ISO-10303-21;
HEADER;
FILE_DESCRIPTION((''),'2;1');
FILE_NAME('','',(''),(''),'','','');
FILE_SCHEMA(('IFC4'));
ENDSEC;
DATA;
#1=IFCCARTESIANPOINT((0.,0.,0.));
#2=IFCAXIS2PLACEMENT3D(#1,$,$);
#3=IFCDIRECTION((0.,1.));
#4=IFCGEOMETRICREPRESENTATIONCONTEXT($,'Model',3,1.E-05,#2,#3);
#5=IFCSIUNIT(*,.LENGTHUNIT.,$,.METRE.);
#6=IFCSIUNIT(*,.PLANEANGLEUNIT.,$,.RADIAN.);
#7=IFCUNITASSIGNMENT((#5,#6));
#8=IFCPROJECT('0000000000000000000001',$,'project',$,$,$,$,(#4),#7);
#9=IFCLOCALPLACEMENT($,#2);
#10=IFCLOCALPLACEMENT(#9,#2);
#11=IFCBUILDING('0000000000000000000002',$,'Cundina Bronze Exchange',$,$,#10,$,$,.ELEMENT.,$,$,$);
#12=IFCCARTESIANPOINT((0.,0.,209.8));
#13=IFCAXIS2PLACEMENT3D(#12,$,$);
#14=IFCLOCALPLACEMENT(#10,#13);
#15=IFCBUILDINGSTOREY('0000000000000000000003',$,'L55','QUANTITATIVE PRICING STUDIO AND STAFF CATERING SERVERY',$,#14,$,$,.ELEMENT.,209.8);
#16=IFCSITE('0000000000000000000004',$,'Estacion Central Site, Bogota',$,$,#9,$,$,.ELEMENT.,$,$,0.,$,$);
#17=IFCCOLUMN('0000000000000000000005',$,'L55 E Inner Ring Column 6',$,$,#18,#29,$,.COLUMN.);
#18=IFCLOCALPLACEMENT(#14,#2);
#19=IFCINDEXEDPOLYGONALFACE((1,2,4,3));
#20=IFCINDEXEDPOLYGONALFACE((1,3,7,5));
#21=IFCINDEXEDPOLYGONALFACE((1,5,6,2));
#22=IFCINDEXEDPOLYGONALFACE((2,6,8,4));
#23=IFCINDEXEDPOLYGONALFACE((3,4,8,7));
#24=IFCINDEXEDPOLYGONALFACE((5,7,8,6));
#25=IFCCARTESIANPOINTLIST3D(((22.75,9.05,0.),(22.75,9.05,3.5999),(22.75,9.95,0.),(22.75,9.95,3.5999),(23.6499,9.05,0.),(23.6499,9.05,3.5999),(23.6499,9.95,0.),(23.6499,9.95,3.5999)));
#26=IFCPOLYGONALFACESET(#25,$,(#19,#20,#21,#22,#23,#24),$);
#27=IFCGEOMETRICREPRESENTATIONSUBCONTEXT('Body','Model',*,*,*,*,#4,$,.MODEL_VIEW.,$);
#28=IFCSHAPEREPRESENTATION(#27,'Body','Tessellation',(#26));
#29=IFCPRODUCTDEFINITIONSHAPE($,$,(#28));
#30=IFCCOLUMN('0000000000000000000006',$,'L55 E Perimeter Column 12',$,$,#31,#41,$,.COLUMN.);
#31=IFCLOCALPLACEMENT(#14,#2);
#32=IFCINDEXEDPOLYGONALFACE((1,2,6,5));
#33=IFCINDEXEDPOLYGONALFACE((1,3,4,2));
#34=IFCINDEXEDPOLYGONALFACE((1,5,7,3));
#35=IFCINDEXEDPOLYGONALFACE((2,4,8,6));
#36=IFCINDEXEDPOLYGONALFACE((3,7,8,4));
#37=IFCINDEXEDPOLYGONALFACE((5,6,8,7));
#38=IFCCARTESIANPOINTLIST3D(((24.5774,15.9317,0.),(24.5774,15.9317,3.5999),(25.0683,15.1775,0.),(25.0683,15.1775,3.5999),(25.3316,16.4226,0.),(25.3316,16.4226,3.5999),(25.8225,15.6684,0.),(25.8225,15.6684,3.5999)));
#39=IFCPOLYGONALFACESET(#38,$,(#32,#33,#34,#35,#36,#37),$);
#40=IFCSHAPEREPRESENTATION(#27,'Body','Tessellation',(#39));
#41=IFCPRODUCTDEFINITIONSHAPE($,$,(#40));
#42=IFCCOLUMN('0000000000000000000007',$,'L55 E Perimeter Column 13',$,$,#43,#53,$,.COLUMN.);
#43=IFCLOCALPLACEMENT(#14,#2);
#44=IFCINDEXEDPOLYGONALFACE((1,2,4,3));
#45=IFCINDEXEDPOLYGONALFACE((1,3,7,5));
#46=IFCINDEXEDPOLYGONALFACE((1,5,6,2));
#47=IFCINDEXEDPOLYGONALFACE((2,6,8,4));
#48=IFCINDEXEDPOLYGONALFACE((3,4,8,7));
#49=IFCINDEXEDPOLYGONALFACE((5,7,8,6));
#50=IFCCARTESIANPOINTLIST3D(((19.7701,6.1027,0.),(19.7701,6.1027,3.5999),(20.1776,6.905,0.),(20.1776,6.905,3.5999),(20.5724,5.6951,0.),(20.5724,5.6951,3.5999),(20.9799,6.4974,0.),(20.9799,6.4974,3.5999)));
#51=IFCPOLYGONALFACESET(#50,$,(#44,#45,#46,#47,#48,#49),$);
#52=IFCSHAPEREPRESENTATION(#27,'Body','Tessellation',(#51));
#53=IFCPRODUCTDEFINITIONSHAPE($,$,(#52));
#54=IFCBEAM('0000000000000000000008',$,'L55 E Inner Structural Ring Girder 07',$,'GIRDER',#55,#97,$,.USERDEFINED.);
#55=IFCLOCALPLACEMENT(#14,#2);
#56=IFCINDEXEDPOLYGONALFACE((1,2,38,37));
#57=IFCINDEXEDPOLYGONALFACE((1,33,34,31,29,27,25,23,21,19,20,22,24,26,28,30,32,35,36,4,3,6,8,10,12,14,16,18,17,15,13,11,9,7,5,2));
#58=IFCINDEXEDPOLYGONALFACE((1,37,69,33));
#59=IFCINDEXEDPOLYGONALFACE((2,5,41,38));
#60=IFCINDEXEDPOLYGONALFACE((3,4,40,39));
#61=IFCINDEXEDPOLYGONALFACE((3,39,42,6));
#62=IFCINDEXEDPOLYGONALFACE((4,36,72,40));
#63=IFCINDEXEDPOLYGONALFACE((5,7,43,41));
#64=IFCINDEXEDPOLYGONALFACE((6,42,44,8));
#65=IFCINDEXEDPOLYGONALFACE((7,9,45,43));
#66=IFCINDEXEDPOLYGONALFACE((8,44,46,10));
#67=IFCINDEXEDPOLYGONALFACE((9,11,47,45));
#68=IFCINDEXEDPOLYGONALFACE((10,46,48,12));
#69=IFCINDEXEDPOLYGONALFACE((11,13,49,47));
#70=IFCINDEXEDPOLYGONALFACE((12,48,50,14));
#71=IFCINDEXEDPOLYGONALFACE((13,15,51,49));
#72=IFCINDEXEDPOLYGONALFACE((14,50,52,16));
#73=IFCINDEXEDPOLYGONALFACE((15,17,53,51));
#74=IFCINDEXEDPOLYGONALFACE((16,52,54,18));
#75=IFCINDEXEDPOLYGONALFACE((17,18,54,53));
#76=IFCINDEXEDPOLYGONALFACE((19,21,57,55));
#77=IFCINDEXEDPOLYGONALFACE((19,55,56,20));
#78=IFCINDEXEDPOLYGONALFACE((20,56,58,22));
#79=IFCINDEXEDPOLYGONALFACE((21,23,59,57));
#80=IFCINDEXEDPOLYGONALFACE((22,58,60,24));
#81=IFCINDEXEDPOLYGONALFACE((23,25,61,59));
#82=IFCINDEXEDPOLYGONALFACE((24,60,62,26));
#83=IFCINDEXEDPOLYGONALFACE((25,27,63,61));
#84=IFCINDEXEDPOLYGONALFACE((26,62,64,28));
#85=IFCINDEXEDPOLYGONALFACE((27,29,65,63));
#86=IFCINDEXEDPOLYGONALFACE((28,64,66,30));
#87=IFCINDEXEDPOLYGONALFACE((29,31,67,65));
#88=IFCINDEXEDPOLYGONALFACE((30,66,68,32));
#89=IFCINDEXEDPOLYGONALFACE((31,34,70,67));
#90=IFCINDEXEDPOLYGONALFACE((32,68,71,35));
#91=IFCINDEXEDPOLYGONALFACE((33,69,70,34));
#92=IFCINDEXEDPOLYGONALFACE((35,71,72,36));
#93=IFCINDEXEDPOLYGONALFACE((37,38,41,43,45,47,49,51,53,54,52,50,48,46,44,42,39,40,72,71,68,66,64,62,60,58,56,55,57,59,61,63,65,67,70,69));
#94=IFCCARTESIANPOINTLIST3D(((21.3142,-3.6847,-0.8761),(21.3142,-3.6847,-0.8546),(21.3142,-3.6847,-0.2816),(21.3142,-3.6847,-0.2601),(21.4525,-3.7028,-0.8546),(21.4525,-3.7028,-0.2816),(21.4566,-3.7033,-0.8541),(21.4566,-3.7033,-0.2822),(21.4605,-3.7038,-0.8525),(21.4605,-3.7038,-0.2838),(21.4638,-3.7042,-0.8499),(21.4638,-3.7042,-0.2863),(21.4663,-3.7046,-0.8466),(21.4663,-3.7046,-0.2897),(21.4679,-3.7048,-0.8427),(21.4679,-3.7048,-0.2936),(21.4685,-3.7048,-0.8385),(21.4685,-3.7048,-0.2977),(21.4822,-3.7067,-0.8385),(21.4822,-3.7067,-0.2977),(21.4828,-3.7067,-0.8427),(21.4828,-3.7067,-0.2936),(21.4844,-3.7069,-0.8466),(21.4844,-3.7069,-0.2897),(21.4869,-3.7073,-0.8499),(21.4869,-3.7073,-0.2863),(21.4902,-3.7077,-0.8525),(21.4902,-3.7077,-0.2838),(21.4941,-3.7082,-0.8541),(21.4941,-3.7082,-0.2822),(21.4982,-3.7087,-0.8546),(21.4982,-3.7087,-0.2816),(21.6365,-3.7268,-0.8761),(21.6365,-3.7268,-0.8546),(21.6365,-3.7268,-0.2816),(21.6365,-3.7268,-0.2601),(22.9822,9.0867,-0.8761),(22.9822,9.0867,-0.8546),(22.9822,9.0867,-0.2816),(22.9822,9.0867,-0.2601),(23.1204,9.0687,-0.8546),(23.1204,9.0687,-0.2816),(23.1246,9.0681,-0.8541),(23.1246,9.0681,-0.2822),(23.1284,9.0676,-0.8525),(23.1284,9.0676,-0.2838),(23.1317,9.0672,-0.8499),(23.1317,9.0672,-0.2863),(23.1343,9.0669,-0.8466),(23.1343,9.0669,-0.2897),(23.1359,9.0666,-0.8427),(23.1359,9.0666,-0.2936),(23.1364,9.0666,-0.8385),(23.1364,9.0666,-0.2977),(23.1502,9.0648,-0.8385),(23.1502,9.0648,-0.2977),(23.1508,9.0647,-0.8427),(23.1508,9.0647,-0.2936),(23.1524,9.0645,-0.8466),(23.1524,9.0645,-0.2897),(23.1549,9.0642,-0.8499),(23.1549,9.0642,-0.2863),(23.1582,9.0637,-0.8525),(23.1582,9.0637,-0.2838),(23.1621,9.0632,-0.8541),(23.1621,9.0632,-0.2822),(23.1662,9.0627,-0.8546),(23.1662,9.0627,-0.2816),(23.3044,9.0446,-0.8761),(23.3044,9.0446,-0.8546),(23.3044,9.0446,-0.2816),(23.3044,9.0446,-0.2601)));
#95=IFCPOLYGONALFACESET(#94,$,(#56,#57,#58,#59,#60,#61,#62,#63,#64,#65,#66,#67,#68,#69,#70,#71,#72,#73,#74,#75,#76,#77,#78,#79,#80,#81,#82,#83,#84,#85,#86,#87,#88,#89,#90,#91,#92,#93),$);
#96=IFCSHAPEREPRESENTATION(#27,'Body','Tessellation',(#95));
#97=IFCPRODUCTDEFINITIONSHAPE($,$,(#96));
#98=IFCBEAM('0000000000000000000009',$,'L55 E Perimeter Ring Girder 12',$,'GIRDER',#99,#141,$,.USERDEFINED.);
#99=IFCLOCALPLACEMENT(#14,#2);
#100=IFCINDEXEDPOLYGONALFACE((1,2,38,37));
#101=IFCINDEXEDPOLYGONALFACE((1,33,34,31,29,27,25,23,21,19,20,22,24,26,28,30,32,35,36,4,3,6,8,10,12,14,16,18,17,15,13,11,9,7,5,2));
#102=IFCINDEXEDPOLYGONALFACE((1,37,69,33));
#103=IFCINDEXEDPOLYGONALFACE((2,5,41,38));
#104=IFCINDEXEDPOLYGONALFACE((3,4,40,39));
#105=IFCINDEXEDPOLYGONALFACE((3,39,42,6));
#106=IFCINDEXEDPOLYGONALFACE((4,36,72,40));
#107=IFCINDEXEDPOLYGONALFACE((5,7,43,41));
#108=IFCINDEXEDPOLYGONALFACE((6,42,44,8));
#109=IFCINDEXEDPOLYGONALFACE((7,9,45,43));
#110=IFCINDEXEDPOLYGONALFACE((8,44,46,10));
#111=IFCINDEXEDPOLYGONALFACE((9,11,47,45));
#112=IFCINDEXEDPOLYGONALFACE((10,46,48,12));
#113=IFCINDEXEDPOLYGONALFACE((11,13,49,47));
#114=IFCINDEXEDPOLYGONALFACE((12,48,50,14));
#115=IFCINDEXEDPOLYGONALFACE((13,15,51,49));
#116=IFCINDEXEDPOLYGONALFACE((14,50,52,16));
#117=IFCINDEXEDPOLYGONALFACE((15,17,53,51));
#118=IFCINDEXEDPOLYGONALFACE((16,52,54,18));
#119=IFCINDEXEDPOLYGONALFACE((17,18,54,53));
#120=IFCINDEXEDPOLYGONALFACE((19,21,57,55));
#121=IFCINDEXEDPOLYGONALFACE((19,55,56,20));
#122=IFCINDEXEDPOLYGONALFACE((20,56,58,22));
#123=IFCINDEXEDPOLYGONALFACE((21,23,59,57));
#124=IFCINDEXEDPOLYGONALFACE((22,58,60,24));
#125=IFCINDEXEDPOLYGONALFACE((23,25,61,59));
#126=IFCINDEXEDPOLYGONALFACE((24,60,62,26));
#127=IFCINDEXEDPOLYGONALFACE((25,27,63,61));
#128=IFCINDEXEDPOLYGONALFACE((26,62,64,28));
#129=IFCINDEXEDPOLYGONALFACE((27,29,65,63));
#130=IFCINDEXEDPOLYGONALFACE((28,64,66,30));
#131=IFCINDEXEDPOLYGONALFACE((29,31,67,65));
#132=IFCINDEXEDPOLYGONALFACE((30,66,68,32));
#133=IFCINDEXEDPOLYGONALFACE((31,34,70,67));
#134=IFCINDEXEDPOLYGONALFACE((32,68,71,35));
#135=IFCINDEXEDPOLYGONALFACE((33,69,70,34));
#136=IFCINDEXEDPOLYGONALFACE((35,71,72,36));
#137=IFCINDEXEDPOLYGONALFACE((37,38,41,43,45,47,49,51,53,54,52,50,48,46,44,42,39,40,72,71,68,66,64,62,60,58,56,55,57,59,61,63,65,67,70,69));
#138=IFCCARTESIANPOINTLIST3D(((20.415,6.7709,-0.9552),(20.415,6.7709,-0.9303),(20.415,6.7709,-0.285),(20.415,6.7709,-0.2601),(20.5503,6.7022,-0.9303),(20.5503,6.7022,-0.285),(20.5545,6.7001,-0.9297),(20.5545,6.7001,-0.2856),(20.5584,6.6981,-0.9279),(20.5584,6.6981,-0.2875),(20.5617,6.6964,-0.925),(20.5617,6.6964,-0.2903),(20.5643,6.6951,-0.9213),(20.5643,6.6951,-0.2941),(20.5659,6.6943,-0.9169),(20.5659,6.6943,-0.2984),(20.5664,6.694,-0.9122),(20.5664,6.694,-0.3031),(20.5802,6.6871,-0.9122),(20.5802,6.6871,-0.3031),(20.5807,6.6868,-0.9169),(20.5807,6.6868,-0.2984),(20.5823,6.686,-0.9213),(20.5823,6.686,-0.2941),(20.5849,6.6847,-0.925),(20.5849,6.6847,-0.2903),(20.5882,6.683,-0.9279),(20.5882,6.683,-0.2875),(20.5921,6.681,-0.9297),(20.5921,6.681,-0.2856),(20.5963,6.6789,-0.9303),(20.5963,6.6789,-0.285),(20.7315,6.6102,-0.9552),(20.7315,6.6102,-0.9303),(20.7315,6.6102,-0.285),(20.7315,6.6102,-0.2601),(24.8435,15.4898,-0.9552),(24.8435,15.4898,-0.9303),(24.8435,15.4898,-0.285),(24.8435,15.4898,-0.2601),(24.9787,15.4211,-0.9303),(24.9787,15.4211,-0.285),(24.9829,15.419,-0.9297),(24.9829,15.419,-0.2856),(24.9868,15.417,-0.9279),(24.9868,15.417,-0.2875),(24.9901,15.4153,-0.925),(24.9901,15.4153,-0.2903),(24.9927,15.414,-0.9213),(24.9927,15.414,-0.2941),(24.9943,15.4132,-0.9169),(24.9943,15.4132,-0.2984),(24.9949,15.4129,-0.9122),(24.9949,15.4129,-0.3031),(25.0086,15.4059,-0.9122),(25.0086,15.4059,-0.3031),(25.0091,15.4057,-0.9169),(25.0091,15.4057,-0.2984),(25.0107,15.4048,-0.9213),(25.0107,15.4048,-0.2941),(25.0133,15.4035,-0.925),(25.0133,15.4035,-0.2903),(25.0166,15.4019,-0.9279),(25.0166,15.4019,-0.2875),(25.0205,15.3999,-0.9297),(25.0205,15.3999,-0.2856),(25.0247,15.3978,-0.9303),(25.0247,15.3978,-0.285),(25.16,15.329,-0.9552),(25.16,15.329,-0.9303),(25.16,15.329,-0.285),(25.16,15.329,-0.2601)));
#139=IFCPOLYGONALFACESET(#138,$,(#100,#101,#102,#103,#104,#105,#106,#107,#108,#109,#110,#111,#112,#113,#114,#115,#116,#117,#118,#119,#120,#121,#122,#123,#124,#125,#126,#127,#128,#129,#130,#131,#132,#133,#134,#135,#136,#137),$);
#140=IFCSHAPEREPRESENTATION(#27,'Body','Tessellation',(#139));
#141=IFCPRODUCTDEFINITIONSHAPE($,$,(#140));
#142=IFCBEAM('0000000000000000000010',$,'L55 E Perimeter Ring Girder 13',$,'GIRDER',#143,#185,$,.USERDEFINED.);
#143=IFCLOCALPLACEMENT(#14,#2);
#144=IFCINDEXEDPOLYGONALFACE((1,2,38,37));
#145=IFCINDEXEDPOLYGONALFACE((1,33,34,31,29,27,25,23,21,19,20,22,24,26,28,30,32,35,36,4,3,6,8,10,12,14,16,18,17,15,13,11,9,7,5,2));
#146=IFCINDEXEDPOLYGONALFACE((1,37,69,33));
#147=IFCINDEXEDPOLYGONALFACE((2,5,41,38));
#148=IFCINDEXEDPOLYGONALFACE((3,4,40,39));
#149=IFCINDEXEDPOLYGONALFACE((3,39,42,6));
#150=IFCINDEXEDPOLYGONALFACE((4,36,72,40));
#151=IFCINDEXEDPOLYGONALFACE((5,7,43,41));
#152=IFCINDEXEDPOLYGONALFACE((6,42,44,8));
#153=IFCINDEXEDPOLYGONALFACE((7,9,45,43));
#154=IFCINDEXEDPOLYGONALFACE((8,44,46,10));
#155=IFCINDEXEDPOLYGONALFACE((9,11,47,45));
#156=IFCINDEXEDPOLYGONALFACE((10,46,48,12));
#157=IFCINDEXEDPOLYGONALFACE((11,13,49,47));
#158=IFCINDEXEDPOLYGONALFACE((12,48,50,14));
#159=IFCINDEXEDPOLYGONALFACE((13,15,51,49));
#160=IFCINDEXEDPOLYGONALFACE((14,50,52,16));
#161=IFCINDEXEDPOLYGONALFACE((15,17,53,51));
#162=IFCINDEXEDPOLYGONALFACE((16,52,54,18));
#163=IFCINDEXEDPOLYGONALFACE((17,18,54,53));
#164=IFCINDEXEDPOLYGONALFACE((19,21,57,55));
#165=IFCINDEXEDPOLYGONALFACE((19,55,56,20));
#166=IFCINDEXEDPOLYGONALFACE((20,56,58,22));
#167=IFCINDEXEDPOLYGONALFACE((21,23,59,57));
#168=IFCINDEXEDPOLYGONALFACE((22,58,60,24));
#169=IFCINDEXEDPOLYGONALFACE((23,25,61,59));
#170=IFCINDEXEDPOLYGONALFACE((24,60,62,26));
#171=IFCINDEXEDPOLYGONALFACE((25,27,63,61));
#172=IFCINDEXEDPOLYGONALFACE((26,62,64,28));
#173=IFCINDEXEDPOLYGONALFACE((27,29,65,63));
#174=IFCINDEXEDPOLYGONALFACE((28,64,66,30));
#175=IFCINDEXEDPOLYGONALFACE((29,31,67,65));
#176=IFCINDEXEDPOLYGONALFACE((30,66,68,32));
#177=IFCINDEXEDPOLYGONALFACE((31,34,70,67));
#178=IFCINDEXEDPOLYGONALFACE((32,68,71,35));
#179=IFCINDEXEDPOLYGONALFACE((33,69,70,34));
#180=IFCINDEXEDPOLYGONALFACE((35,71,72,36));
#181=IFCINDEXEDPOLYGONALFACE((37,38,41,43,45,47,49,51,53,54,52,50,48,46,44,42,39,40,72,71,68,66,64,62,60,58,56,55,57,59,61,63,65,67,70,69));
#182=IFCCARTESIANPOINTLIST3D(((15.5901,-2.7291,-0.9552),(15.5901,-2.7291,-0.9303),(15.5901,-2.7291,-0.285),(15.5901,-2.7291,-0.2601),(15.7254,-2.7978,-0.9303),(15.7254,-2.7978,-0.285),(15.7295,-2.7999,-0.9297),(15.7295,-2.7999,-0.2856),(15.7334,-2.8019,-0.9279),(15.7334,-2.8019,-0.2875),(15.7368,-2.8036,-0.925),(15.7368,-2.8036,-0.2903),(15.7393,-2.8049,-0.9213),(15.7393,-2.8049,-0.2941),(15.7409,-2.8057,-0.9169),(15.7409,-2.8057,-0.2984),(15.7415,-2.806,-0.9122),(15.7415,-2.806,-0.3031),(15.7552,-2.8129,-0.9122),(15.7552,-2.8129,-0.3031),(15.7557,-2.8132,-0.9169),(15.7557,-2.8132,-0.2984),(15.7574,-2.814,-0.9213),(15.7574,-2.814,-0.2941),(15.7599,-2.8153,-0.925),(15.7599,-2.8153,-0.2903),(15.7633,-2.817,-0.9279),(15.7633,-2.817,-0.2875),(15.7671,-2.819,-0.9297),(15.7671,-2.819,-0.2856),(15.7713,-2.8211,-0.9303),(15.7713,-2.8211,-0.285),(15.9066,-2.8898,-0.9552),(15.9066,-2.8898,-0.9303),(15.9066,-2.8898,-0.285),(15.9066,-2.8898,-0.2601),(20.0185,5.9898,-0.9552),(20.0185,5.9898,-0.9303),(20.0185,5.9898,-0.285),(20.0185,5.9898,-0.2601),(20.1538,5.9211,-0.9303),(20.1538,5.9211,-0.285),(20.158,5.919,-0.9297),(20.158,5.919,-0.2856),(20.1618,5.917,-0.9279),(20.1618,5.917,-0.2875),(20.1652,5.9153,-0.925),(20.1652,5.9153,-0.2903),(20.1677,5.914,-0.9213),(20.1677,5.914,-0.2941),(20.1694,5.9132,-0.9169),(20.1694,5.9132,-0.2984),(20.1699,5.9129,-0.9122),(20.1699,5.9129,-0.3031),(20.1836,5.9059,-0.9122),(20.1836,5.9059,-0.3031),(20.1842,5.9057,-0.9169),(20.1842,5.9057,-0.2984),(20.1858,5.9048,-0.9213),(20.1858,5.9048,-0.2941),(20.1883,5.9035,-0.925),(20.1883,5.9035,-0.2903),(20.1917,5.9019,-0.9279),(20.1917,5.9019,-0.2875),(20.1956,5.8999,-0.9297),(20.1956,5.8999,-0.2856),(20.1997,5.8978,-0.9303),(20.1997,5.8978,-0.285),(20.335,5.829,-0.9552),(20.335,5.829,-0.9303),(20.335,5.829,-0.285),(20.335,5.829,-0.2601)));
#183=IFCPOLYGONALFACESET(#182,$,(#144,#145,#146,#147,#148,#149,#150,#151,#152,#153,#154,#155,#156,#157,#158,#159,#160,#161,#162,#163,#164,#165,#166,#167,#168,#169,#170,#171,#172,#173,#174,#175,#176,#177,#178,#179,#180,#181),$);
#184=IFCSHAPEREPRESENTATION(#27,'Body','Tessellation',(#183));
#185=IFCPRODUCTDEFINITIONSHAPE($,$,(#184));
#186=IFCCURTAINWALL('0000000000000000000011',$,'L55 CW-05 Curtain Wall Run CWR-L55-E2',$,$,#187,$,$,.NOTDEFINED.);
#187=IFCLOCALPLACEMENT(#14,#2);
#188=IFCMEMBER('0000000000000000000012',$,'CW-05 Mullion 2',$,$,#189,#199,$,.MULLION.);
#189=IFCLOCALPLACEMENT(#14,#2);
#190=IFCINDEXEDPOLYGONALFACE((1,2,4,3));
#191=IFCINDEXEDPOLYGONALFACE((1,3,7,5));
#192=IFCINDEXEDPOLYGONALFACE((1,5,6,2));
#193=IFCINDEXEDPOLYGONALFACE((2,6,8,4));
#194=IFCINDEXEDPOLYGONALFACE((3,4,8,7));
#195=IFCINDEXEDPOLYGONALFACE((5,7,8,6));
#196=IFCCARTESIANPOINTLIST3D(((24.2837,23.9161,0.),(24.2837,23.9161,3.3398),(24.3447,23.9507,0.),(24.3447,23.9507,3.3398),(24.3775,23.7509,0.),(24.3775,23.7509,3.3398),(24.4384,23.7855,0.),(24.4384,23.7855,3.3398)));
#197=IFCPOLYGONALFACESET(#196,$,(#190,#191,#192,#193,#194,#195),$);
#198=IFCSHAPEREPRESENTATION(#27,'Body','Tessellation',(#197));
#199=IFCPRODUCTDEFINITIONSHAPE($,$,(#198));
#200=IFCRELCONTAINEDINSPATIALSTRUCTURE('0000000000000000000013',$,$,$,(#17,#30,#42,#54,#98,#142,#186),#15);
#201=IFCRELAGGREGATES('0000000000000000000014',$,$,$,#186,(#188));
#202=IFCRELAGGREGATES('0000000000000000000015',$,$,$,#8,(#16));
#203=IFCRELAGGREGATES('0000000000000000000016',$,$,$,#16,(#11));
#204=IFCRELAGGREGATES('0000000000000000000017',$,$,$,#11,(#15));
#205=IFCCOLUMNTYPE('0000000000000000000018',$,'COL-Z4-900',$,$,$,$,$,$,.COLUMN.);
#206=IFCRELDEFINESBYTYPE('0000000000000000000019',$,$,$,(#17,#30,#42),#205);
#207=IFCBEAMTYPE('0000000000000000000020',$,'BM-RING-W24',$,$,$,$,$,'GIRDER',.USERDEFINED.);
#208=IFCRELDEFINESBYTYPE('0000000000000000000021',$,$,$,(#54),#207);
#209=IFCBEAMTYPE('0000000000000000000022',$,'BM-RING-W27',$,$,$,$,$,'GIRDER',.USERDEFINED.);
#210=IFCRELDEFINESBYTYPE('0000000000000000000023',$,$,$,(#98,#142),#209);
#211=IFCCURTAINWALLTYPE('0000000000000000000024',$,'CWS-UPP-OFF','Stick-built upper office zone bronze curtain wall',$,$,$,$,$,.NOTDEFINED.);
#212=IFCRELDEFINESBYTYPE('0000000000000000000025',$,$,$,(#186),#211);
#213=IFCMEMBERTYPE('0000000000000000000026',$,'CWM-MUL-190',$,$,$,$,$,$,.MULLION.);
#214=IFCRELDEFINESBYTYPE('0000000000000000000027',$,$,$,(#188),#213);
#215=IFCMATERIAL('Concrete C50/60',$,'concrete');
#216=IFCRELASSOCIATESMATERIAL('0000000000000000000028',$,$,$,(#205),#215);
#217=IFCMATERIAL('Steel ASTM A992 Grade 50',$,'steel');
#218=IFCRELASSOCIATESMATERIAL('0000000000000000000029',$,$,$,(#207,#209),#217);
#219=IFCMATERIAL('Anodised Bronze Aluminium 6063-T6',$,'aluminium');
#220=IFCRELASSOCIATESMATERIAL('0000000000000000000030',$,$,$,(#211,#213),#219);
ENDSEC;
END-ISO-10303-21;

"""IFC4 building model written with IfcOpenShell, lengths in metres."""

from ifc_helpers import new_model, si_unit, direction, frame, origin, origin_2d, place, context, subcontext, project, spatial, rectangle, i_section, extrude, material, material_profile, profile_set, type_object, element, aggregate, save


model = new_model("IFC4")

# Units and contexts
model_context = context("Model", 3, precision=1e-05, world=origin(), true_north=direction((0.0, 1.0)))
body_context = subcontext(model_context, "Body", "Model", "MODEL_VIEW")
ifc_project = project(units=[si_unit("LENGTHUNIT", "METRE"), si_unit("PLANEANGLEUNIT", "RADIAN")], contexts=[model_context])

# Site, building, storey
site_placement = place(None, origin())
site = spatial("IfcSite", under=ifc_project, at=site_placement, Name="Estacion Central Site, Bogota", CompositionType="ELEMENT", RefElevation=0.0)
building_placement = place(site_placement, origin())
building = spatial("IfcBuilding", under=site, at=building_placement, Name="Cundina Bronze Exchange", CompositionType="ELEMENT")
storey_placement = place(building_placement, frame((0.0, 0.0, 209.8)))
storey = spatial("IfcBuildingStorey", under=building, at=storey_placement, Name="L55", Description="QUANTITATIVE PRICING STUDIO AND STAFF CATERING SERVERY", CompositionType="ELEMENT", Elevation=209.8)

# Columns
ifc_material_1 = material(Name="Concrete C50/60", Category="concrete")
ifc_material_profile_1 = material_profile(ifc_material_1, rectangle(XDim=0.8999, YDim=0.8999, at=origin_2d()), Name="RC900X900", Category="concrete")
ifc_profile_set_1 = profile_set([ifc_material_profile_1], Name="Concrete C50/60")
column_type = type_object("IfcColumnType", Name="COL-Z4-900", PredefinedType="COLUMN", material=ifc_profile_set_1)
for number, where, z_axis, x_axis, name in (
    (1, (23.2, 9.5, 0.0), (0.0, 0.0, 1.0), (1.0, 0.0, 0.0), "L55 E Inner Ring Column 6"),
    (2, (25.2, 15.8, 0.0), (0.0, 0.0, 1.0), (-0.8381, -0.545517, 0.0), "L55 E Perimeter Column 12"),
    (3, (20.375, 6.3, 0.0), (0.0, 0.0, 1.0), (-0.452902, -0.891561, 0.0), "L55 E Perimeter Column 13"),
):
    element("IfcColumn", number, at=place(storey_placement, frame(where, z_axis=z_axis, x_axis=x_axis)), inside=storey, type_object=column_type, Name=name, PredefinedType="COLUMN", context=body_context, shape_type="SweptSolid", body=[
        extrude(rectangle(XDim=0.8999, YDim=0.8999, at=origin_2d()), origin(), (0.0, 0.0, 1.0), 3.5999),
    ])

# Beams
ifc_material_2 = material(Name="Steel ASTM A992 Grade 50", Category="steel")
ifc_material_profile_2 = material_profile(ifc_material_2, i_section(OverallWidth=0.325, OverallDepth=0.616, WebThickness=0.0139, FlangeThickness=0.0215, FilletRadius=0.0161, at=origin_2d()), Name="W24X117", Category="steel")
ifc_profile_set_2 = profile_set([ifc_material_profile_2], Name="Steel ASTM A992 Grade 50")
beam_type_1 = type_object("IfcBeamType", Name="BM-RING-W24", ElementType="GIRDER", PredefinedType="USERDEFINED", material=ifc_profile_set_2)
beam_placement = place(storey_placement, frame((23.1433, 9.0657, -0.5681), z_axis=(-0.129501, -0.991579, 0.0), x_axis=(0.991579, -0.129501, 0.0)))
element("IfcBeam", 4, at=beam_placement, inside=storey, type_object=beam_type_1, Name="L55 E Inner Structural Ring Girder 07", ObjectType="GIRDER", PredefinedType="USERDEFINED", context=body_context, shape_type="SweptSolid", body=[
    extrude(i_section(OverallWidth=0.325, OverallDepth=0.616, WebThickness=0.0139, FlangeThickness=0.0215, FilletRadius=0.0161, at=origin_2d()), origin(), (0.0, 0.0, 1.0), 12.8799),
])
ifc_material_profile_3 = material_profile(ifc_material_2, i_section(OverallWidth=0.355, OverallDepth=0.6951, WebThickness=0.0154, FlangeThickness=0.0249, FilletRadius=0.0181, at=origin_2d()), Name="W27X146", Category="steel")
ifc_profile_set_3 = profile_set([ifc_material_profile_3], Name="Steel ASTM A992 Grade 50")
beam_type_2 = type_object("IfcBeamType", Name="BM-RING-W27", ElementType="GIRDER", PredefinedType="USERDEFINED", material=ifc_profile_set_3)
for number, where, z_axis, x_axis, name in (
    (5, (25.0017, 15.4094, -0.6077), (-0.452847, -0.891588, 0.0), (0.891588, -0.452847, 0.0), "L55 E Perimeter Ring Girder 12"),
    (6, (20.1768, 5.9094, -0.6077), (-0.452847, -0.891588, 0.0), (0.891588, -0.452847, 0.0), "L55 E Perimeter Ring Girder 13"),
):
    element("IfcBeam", number, at=place(storey_placement, frame(where, z_axis=z_axis, x_axis=x_axis)), inside=storey, type_object=beam_type_2, Name=name, ObjectType="GIRDER", PredefinedType="USERDEFINED", context=body_context, shape_type="SweptSolid", body=[
        extrude(i_section(OverallWidth=0.355, OverallDepth=0.6951, WebThickness=0.0154, FlangeThickness=0.0249, FilletRadius=0.0181, at=origin_2d()), origin(), (0.0, 0.0, 1.0), 9.7791),
    ])

# Curtain wall, member
ifc_material_3 = material(Name="Anodised Bronze Aluminium 6063-T6", Category="aluminium")
curtain_wall_type = type_object("IfcCurtainWallType", Name="CWS-UPP-OFF", Description="Stick-built upper office zone bronze curtain wall", PredefinedType="NOTDEFINED", material=ifc_material_3)
curtain_wall_placement = place(storey_placement, origin())
curtain_wall = element("IfcCurtainWall", 7, at=curtain_wall_placement, inside=storey, type_object=curtain_wall_type, Name="L55 CW-05 Curtain Wall Run CWR-L55-E2", PredefinedType="NOTDEFINED")
ifc_material_profile_4 = material_profile(ifc_material_3, rectangle(XDim=0.0701, YDim=0.1899, at=origin_2d()), Name="AL70X190", Category="aluminium")
ifc_profile_set_4 = profile_set([ifc_material_profile_4], Name="Anodised Bronze Aluminium 6063-T6")
member_type_1 = type_object("IfcMemberType", Name="CWM-MUL-190", PredefinedType="MULLION", material=ifc_profile_set_4)
member_1_placement = place(storey_placement, frame((24.3611, 23.8508, 0.0), z_axis=(0.0, 0.0, 1.0), x_axis=(-0.869581, -0.49379, 0.0)))
member_1 = element("IfcMember", 8, at=member_1_placement, type_object=member_type_1, Name="CW-05 Mullion 2", PredefinedType="MULLION", context=body_context, shape_type="SweptSolid", body=[
    extrude(rectangle(XDim=0.0701, YDim=0.1899, at=origin_2d()), origin(), (0.0, 0.0, 1.0), 3.3398),
])
aggregate(curtain_wall, [member_1])

save(model, "model.ifc")
